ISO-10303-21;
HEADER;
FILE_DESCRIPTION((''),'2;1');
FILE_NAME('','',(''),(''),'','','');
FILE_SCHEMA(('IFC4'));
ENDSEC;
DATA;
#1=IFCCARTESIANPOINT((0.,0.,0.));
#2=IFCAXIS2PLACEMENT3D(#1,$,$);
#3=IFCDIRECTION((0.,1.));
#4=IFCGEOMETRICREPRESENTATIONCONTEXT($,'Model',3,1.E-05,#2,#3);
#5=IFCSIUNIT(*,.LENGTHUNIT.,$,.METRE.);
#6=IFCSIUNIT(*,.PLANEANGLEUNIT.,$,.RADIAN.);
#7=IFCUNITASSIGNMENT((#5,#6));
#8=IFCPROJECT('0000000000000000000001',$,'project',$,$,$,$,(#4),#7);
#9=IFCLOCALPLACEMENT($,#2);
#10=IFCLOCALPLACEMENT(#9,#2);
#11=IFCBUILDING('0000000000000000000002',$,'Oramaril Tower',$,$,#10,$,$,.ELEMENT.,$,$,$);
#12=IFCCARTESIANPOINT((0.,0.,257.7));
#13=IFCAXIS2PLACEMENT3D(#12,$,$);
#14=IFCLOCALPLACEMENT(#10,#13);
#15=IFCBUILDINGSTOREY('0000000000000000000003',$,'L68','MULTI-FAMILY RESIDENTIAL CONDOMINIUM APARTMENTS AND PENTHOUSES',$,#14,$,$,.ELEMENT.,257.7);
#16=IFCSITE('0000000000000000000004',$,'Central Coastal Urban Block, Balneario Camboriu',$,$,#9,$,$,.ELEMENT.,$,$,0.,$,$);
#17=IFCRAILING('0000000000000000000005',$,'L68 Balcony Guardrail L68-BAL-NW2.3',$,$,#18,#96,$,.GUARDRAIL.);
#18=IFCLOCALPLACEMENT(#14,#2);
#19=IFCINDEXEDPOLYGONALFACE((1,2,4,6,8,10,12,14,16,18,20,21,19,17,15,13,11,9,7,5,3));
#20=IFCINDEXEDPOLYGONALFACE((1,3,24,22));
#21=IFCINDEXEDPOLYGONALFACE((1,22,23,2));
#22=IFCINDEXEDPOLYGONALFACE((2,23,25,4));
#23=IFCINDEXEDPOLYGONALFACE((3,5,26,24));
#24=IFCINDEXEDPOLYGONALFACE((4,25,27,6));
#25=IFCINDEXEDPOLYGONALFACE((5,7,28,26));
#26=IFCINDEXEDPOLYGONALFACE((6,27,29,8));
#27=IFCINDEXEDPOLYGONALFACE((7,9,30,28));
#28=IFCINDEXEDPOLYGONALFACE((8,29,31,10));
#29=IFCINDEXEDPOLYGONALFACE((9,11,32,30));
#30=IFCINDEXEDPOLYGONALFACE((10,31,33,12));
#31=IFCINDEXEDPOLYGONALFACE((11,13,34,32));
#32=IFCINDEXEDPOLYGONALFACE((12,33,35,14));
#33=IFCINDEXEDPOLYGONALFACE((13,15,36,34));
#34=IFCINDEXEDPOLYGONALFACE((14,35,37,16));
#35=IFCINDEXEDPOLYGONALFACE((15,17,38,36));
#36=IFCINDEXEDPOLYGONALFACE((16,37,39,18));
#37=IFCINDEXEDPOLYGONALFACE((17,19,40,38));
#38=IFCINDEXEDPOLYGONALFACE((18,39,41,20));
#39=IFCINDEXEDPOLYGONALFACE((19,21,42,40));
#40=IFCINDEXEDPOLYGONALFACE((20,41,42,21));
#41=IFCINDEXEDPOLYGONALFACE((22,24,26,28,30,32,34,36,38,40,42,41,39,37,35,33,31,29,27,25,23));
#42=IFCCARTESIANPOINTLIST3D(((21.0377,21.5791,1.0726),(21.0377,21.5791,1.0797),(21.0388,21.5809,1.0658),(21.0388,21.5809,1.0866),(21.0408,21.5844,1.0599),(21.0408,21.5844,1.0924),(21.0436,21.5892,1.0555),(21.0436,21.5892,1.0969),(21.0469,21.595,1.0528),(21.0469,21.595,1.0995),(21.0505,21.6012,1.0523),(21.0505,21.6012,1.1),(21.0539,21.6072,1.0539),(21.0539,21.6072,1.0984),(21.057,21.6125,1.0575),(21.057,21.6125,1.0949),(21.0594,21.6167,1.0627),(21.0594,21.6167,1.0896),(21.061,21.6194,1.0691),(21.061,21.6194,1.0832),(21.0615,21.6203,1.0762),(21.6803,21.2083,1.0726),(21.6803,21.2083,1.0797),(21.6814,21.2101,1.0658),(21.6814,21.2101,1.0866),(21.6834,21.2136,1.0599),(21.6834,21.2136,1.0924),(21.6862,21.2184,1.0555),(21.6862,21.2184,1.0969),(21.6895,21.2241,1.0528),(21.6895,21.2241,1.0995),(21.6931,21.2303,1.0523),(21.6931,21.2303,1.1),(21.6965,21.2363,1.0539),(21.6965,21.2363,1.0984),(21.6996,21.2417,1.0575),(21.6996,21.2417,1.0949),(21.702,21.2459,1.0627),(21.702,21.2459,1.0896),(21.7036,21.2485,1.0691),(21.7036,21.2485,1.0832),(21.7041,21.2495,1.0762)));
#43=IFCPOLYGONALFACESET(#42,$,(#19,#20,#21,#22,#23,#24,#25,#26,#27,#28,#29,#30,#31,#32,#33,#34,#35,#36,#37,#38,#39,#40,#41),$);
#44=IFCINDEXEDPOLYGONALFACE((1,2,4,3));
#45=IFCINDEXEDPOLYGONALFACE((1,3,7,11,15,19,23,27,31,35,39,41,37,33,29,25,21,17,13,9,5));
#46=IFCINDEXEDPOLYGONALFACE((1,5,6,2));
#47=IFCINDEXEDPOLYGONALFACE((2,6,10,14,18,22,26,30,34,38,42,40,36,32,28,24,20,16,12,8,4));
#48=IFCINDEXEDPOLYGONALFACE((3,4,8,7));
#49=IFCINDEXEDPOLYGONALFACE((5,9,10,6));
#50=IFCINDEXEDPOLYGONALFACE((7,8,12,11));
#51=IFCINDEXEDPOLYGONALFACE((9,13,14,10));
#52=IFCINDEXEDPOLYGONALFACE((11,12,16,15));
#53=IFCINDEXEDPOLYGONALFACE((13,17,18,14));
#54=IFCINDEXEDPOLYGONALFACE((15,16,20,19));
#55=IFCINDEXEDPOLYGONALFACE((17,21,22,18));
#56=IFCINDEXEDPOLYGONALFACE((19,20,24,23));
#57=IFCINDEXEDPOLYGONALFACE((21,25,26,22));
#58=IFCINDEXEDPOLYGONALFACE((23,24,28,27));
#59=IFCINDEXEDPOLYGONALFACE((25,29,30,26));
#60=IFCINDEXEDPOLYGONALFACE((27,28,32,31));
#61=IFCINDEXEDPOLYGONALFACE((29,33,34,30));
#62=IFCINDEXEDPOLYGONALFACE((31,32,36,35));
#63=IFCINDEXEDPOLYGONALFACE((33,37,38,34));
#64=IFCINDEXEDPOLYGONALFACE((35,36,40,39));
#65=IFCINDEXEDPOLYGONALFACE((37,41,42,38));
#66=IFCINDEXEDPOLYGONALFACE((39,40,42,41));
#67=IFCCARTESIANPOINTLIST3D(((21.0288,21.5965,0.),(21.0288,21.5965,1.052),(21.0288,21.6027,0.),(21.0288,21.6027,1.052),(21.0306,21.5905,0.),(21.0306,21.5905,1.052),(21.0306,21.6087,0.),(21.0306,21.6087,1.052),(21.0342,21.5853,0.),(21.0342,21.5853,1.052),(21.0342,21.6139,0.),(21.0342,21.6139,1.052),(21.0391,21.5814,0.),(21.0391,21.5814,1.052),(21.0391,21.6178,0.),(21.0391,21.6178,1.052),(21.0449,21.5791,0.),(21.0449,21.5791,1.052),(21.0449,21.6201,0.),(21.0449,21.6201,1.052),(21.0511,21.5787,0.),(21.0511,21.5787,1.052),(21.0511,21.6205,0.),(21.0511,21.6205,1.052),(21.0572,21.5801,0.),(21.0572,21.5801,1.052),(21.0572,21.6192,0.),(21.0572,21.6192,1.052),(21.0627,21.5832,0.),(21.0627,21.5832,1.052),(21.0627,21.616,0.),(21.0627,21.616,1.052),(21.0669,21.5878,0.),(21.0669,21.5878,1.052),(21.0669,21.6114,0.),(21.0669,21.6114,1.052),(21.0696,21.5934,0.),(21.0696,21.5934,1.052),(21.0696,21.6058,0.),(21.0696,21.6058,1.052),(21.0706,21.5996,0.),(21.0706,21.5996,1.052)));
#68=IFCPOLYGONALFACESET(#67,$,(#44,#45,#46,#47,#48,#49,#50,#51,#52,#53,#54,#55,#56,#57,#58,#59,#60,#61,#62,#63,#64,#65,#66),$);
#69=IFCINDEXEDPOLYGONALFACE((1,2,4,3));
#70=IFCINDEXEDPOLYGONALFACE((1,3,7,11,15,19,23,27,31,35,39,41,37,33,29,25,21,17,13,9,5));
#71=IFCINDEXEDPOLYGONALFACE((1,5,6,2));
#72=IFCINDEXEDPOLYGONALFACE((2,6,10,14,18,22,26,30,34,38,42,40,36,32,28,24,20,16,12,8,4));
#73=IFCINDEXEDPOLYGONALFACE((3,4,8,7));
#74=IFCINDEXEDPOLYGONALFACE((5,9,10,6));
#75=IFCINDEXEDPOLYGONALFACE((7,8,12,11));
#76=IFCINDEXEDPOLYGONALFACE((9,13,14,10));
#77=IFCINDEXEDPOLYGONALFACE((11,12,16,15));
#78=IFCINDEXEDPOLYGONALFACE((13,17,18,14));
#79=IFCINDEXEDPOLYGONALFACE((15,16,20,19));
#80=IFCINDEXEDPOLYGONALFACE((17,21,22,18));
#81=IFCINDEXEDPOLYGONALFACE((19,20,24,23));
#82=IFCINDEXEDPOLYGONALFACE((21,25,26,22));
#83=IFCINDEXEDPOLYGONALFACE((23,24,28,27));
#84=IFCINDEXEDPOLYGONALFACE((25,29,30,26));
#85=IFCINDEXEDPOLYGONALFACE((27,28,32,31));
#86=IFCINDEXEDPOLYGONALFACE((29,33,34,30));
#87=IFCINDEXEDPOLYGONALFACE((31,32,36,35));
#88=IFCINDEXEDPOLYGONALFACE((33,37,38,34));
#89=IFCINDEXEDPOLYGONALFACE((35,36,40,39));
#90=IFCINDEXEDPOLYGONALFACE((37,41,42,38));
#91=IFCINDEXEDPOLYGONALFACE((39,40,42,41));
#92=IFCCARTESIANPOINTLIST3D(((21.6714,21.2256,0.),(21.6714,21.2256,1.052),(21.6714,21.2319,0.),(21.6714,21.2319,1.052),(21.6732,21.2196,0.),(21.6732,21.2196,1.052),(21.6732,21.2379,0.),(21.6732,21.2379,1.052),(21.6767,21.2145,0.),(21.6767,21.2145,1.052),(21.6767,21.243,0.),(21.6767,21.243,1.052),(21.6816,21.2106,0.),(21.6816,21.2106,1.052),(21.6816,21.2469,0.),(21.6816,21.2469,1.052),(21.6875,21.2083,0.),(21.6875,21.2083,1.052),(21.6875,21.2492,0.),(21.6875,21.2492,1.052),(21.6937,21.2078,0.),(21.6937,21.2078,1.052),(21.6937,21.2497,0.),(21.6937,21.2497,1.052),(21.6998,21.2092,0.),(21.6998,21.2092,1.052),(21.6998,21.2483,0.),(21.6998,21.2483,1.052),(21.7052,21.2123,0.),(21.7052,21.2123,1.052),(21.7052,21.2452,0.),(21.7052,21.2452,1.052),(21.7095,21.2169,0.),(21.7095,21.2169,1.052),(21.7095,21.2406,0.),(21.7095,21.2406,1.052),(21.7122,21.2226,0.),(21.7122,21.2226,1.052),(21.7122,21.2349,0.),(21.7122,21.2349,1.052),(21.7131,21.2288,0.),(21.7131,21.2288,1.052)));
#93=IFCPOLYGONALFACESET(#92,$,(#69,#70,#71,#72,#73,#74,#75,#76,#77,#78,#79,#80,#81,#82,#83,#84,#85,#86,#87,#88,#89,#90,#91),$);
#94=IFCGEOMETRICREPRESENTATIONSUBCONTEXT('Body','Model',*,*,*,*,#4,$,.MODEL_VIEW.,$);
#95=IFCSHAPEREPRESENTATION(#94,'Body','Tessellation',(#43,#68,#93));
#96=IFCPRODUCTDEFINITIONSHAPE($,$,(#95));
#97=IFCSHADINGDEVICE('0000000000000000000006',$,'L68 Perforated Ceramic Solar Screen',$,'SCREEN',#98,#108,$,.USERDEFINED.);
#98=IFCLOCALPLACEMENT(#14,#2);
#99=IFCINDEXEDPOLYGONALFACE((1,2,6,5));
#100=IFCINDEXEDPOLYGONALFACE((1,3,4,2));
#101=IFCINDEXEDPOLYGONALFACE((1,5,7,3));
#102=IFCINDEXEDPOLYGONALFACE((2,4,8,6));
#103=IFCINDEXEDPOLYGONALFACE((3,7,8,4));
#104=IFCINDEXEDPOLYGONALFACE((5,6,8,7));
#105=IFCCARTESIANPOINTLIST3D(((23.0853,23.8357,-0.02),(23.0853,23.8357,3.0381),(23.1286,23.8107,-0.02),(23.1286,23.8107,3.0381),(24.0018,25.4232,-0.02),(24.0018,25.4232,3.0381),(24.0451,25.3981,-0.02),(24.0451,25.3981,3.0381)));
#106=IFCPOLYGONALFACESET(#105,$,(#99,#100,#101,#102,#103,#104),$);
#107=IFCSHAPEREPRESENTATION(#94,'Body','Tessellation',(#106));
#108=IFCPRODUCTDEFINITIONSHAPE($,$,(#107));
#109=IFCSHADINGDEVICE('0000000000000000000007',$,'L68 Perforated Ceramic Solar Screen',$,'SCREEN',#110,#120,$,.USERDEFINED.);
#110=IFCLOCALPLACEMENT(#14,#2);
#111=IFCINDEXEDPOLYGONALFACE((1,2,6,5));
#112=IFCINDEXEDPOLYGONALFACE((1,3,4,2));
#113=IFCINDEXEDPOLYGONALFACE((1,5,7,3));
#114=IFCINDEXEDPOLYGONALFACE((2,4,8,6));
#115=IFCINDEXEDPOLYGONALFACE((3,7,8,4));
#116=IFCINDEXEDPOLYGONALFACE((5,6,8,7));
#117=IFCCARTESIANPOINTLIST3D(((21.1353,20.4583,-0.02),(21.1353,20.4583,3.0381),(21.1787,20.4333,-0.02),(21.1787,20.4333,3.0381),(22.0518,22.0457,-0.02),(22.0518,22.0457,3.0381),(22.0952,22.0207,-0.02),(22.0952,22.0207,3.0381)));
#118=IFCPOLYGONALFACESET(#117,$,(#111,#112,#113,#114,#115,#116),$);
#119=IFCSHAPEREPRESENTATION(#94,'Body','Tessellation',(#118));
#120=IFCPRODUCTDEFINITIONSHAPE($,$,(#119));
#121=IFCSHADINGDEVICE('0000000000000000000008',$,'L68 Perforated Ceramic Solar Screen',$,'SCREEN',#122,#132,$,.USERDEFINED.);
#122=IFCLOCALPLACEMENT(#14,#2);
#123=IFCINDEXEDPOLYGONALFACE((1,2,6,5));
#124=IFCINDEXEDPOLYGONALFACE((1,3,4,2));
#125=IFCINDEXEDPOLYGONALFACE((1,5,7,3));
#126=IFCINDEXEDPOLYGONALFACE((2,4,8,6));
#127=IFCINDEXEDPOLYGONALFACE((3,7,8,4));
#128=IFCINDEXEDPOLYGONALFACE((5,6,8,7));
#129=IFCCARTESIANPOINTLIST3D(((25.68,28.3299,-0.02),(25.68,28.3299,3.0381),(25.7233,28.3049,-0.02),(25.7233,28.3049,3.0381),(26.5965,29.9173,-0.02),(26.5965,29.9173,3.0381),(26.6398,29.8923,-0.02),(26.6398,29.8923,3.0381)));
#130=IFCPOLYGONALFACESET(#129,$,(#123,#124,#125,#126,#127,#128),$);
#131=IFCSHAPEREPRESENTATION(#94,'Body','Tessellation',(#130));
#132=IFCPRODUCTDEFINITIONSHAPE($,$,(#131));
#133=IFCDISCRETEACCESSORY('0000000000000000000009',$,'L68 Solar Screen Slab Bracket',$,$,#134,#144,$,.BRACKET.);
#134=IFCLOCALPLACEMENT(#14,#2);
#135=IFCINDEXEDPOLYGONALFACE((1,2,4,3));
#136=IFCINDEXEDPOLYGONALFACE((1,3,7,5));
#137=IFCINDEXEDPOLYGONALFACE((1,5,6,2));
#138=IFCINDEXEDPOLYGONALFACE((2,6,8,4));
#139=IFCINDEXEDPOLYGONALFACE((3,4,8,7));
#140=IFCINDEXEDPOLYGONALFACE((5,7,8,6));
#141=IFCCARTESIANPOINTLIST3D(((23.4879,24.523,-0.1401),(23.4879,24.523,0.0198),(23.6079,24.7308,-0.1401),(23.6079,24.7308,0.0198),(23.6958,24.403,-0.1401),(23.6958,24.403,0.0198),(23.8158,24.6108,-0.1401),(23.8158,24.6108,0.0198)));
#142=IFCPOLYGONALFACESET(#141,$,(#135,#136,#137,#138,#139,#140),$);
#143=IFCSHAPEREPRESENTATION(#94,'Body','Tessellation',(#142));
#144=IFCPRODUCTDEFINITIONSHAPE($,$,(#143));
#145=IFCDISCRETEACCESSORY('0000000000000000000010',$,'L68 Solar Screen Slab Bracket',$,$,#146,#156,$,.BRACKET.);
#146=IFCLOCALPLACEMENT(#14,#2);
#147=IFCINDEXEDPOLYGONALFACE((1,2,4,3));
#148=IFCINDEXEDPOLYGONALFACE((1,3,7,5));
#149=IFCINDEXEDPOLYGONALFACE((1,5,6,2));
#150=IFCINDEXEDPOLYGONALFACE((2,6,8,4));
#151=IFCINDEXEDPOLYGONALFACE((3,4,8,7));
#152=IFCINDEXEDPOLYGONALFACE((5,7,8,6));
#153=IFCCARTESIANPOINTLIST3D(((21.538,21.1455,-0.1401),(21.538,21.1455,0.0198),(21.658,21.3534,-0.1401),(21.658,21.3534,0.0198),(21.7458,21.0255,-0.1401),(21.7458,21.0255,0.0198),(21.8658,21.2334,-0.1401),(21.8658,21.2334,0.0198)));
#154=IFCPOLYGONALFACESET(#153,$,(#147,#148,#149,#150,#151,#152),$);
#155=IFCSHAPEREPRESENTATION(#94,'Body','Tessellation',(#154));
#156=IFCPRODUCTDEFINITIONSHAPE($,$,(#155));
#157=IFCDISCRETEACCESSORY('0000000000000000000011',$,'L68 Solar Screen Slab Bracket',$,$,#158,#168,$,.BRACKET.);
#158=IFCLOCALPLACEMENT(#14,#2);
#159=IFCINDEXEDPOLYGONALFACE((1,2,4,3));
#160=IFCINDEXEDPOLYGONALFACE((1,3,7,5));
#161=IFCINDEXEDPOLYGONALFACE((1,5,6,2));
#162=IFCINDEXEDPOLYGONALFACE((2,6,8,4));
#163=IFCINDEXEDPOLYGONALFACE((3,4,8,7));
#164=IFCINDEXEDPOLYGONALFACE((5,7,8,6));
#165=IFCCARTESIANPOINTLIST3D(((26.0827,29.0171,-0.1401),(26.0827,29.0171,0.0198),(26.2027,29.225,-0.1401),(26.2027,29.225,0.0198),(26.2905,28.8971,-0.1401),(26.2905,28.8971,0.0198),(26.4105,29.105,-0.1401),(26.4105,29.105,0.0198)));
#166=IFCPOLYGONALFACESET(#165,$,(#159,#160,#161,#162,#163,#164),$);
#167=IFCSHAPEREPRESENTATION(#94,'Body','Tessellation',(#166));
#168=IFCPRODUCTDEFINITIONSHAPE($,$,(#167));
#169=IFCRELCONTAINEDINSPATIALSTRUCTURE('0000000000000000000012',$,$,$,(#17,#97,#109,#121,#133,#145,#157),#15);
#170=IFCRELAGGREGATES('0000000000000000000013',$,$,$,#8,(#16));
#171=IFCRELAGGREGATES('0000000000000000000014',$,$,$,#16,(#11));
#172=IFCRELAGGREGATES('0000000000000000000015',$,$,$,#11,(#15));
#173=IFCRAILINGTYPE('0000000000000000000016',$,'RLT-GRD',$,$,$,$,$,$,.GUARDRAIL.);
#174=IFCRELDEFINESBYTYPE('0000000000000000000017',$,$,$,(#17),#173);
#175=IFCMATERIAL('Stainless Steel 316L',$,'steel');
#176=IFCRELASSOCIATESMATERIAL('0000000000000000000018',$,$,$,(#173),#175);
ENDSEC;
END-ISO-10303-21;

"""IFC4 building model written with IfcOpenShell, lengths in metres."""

from ifc_helpers import new_model, si_unit, direction, frame, origin, origin_2d, place, context, subcontext, project, spatial, rectangle, circle, extrude, material, type_object, element, save


model = new_model("IFC4")

# Units and contexts
model_context = context("Model", 3, precision=1e-05, world=origin(), true_north=direction((0.0, 1.0)))
body_context = subcontext(model_context, "Body", "Model", "MODEL_VIEW")
ifc_project = project(units=[si_unit("LENGTHUNIT", "METRE"), si_unit("PLANEANGLEUNIT", "RADIAN")], contexts=[model_context])

# Site, building, storey
site_placement = place(None, origin())
site = spatial("IfcSite", under=ifc_project, at=site_placement, Name="Central Coastal Urban Block, Balneario Camboriu", CompositionType="ELEMENT", RefElevation=0.0)
building_placement = place(site_placement, origin())
building = spatial("IfcBuilding", under=site, at=building_placement, Name="Oramaril Tower", CompositionType="ELEMENT")
storey_placement = place(building_placement, frame((0.0, 0.0, 257.7)))
storey = spatial("IfcBuildingStorey", under=building, at=storey_placement, Name="L68", Description="MULTI-FAMILY RESIDENTIAL CONDOMINIUM APARTMENTS AND PENTHOUSES", CompositionType="ELEMENT", Elevation=257.7)

# Railing
ifc_material_1 = material(Name="Stainless Steel 316L", Category="steel")
railing_type = type_object("IfcRailingType", Name="RLT-GRD", PredefinedType="GUARDRAIL", material=ifc_material_1)
railing_placement = place(storey_placement, frame((21.0496, 21.5996, 0.0)))
element("IfcRailing", 1, at=railing_placement, inside=storey, type_object=railing_type, Name="L68 Balcony Guardrail L68-BAL-NW2.3", PredefinedType="GUARDRAIL", context=body_context, shape_type="SweptSolid", body=[
    extrude(circle(Radius=0.0239, at=origin_2d()), frame((0.0, 0.0, 1.0762), z_axis=(0.866109, -0.499855, 0.0), x_axis=(0.499855, 0.866109, 0.0)), (0.0, 0.0, 1.0), 0.7419),
    extrude(circle(Radius=0.021, at=origin_2d()), origin(), (0.0, 0.0, 1.0), 1.052),
    extrude(circle(Radius=0.021, at=origin_2d()), frame((0.6426, -0.3708, 0.0)), (0.0, 0.0, 1.0), 1.052),
])

# Shading devices
for number, where, z_axis, x_axis, name in (
    (2, (23.5652, 24.6169, -0.02), (0.0, 0.0, 1.0), (-0.5, -0.866025, 0.0), "L68 Perforated Ceramic Solar Screen"),
    (3, (21.6152, 21.2395, -0.02), (0.0, 0.0, 1.0), (-0.5, -0.866025, 0.0), "L68 Perforated Ceramic Solar Screen"),
    (4, (26.1599, 29.1111, -0.02), (0.0, 0.0, 1.0), (-0.5, -0.866025, 0.0), "L68 Perforated Ceramic Solar Screen"),
):
    element("IfcShadingDevice", number, at=place(storey_placement, frame(where, z_axis=z_axis, x_axis=x_axis)), inside=storey, Name=name, ObjectType="SCREEN", PredefinedType="USERDEFINED", context=body_context, shape_type="SweptSolid", body=[
        extrude(rectangle(XDim=1.833, YDim=0.05, at=origin_2d()), origin(), (0.0, 0.0, 1.0), 3.0581),
    ])

# Discrete accessories
for number, where, z_axis, x_axis, name in (
    (5, (23.6519, 24.5669, -0.1401), (0.0, 0.0, 1.0), (-0.5, -0.866025, 0.0), "L68 Solar Screen Slab Bracket"),
    (6, (21.7019, 21.1895, -0.1401), (0.0, 0.0, 1.0), (-0.5, -0.866025, 0.0), "L68 Solar Screen Slab Bracket"),
    (7, (26.2466, 29.061, -0.1401), (0.0, 0.0, 1.0), (-0.5, -0.866025, 0.0), "L68 Solar Screen Slab Bracket"),
):
    element("IfcDiscreteAccessory", number, at=place(storey_placement, frame(where, z_axis=z_axis, x_axis=x_axis)), inside=storey, Name=name, PredefinedType="BRACKET", context=body_context, shape_type="SweptSolid", body=[
        extrude(rectangle(XDim=0.24, YDim=0.24, at=origin_2d()), origin(), (0.0, 0.0, 1.0), 0.1599),
    ])

save(model, "model.ifc")
